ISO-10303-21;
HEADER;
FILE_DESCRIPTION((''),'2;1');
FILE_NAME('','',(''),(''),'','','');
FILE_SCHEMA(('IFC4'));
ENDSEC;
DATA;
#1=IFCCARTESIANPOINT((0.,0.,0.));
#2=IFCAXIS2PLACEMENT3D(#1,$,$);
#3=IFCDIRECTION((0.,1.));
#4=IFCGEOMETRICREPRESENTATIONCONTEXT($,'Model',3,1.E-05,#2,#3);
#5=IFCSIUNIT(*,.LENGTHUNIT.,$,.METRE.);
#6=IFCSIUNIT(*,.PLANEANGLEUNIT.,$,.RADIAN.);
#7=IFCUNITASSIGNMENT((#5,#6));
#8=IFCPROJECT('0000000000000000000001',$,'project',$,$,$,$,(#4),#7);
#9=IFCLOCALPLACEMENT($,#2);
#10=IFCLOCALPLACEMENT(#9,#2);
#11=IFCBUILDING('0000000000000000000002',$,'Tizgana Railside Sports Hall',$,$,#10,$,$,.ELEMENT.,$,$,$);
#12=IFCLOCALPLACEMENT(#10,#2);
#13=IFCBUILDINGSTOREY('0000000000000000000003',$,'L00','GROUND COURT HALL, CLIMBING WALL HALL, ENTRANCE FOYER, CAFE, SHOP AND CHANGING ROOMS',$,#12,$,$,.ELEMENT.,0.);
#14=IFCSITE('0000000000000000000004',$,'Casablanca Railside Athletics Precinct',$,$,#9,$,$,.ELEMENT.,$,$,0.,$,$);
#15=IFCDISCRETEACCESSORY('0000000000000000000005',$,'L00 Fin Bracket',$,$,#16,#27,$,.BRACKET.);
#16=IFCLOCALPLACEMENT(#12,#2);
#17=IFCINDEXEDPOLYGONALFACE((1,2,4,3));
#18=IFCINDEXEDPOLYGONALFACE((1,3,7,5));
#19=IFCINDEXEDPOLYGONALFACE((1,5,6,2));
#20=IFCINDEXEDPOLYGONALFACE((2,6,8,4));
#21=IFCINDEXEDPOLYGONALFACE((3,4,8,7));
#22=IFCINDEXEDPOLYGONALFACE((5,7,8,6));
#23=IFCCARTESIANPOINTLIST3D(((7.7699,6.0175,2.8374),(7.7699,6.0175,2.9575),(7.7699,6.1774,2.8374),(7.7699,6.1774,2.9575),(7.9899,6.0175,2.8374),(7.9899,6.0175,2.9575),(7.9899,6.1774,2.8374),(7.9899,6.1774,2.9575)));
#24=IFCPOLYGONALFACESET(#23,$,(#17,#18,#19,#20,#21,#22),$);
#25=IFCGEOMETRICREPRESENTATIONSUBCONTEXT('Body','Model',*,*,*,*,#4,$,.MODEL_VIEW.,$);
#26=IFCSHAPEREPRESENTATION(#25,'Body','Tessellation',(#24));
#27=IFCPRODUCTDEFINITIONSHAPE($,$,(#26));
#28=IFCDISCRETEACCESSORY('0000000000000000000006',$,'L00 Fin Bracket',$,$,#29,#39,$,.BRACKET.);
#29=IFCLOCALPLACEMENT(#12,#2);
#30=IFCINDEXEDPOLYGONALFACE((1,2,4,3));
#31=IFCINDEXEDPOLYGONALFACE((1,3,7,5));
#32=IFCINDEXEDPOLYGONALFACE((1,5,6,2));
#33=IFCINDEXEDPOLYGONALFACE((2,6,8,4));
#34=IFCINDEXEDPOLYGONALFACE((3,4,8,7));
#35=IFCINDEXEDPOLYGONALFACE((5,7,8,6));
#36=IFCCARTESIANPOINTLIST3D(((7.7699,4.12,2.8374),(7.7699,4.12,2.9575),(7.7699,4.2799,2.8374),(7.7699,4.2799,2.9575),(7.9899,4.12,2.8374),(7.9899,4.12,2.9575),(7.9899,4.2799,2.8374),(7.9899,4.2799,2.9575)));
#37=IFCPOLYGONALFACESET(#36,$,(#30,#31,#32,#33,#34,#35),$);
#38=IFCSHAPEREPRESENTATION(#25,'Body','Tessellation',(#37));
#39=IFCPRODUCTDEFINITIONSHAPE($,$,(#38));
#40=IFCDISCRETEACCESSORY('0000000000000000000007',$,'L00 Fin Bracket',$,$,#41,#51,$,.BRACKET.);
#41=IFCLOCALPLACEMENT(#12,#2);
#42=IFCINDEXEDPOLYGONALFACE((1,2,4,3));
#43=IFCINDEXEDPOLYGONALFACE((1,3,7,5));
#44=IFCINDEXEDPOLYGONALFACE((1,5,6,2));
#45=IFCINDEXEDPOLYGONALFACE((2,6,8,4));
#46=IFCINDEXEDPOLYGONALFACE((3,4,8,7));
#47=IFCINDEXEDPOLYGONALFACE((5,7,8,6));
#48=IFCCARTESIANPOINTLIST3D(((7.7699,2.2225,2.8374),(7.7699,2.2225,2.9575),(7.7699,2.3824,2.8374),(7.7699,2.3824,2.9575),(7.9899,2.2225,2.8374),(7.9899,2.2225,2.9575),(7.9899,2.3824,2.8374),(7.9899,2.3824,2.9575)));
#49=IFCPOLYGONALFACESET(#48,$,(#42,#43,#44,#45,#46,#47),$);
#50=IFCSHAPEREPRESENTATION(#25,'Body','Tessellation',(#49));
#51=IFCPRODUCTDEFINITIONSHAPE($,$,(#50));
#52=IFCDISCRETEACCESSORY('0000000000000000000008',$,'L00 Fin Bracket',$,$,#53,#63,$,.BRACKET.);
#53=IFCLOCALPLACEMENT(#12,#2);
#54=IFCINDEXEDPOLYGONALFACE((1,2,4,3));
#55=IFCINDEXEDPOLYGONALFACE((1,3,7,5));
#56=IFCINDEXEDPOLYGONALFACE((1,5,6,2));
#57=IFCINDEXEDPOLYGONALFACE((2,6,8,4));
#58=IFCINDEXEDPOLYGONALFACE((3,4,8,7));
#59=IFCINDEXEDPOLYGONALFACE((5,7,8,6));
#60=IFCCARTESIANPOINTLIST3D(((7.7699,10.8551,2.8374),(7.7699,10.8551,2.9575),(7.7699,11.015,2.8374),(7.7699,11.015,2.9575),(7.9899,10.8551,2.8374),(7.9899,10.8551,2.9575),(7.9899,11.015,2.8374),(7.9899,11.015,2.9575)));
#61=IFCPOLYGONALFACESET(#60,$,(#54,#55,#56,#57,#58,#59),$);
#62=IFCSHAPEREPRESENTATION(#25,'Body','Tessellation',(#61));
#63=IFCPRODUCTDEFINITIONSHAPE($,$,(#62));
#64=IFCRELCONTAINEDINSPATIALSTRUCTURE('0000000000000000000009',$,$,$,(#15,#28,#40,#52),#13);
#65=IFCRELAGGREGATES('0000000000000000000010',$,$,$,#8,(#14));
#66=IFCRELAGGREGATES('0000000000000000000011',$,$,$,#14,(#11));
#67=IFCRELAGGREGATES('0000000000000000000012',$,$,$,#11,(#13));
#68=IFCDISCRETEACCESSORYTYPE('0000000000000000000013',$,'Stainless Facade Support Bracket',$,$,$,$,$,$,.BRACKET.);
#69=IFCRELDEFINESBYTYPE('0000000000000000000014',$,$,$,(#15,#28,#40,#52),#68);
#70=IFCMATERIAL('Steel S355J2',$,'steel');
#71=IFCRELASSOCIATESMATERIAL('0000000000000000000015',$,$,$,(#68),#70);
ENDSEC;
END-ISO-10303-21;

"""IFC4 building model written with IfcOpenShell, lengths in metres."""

from ifc_helpers import new_model, si_unit, direction, frame, origin, origin_2d, place, context, subcontext, project, spatial, rectangle, extrude, material, type_object, element, save


model = new_model("IFC4")

# Units and contexts
model_context = context("Model", 3, precision=1e-05, world=origin(), true_north=direction((0.0, 1.0)))
body_context = subcontext(model_context, "Body", "Model", "MODEL_VIEW")
ifc_project = project(units=[si_unit("LENGTHUNIT", "METRE"), si_unit("PLANEANGLEUNIT", "RADIAN")], contexts=[model_context])

# Site, building, storey
site_placement = place(None, origin())
site = spatial("IfcSite", under=ifc_project, at=site_placement, Name="Casablanca Railside Athletics Precinct", CompositionType="ELEMENT", RefElevation=0.0)
building_placement = place(site_placement, origin())
building = spatial("IfcBuilding", under=site, at=building_placement, Name="Tizgana Railside Sports Hall", CompositionType="ELEMENT")
storey_placement = place(building_placement, origin())
storey = spatial("IfcBuildingStorey", under=building, at=storey_placement, Name="L00", Description="GROUND COURT HALL, CLIMBING WALL HALL, ENTRANCE FOYER, CAFE, SHOP AND CHANGING ROOMS", CompositionType="ELEMENT", Elevation=0.0)

# Shared definitions
ifc_material_1 = material(Name="Steel S355J2", Category="steel")

# Discrete accessories
discrete_accessory_type = type_object("IfcDiscreteAccessoryType", Name="Stainless Facade Support Bracket", PredefinedType="BRACKET", material=ifc_material_1)
for number, where, z_axis, x_axis, name in (
    (1, (7.8799, 6.0974, 2.8374), (0.0, 0.0, 1.0), (0.0, -1.0, 0.0), "L00 Fin Bracket"),
    (2, (7.8799, 4.2, 2.8374), (0.0, 0.0, 1.0), (0.0, -1.0, 0.0), "L00 Fin Bracket"),
    (3, (7.8799, 2.3025, 2.8374), (0.0, 0.0, 1.0), (0.0, -1.0, 0.0), "L00 Fin Bracket"),
    (4, (7.8799, 10.9351, 2.8374), (0.0, 0.0, 1.0), (0.0, -1.0, 0.0), "L00 Fin Bracket"),
):
    element("IfcDiscreteAccessory", number, at=place(storey_placement, frame(where, z_axis=z_axis, x_axis=x_axis)), inside=storey, type_object=discrete_accessory_type, Name=name, PredefinedType="BRACKET", context=body_context, shape_type="SweptSolid", body=[
        extrude(rectangle(XDim=0.1599, YDim=0.22, at=origin_2d()), origin(), (0.0, 0.0, 1.0), 0.1201),
    ])

save(model, "model.ifc")
